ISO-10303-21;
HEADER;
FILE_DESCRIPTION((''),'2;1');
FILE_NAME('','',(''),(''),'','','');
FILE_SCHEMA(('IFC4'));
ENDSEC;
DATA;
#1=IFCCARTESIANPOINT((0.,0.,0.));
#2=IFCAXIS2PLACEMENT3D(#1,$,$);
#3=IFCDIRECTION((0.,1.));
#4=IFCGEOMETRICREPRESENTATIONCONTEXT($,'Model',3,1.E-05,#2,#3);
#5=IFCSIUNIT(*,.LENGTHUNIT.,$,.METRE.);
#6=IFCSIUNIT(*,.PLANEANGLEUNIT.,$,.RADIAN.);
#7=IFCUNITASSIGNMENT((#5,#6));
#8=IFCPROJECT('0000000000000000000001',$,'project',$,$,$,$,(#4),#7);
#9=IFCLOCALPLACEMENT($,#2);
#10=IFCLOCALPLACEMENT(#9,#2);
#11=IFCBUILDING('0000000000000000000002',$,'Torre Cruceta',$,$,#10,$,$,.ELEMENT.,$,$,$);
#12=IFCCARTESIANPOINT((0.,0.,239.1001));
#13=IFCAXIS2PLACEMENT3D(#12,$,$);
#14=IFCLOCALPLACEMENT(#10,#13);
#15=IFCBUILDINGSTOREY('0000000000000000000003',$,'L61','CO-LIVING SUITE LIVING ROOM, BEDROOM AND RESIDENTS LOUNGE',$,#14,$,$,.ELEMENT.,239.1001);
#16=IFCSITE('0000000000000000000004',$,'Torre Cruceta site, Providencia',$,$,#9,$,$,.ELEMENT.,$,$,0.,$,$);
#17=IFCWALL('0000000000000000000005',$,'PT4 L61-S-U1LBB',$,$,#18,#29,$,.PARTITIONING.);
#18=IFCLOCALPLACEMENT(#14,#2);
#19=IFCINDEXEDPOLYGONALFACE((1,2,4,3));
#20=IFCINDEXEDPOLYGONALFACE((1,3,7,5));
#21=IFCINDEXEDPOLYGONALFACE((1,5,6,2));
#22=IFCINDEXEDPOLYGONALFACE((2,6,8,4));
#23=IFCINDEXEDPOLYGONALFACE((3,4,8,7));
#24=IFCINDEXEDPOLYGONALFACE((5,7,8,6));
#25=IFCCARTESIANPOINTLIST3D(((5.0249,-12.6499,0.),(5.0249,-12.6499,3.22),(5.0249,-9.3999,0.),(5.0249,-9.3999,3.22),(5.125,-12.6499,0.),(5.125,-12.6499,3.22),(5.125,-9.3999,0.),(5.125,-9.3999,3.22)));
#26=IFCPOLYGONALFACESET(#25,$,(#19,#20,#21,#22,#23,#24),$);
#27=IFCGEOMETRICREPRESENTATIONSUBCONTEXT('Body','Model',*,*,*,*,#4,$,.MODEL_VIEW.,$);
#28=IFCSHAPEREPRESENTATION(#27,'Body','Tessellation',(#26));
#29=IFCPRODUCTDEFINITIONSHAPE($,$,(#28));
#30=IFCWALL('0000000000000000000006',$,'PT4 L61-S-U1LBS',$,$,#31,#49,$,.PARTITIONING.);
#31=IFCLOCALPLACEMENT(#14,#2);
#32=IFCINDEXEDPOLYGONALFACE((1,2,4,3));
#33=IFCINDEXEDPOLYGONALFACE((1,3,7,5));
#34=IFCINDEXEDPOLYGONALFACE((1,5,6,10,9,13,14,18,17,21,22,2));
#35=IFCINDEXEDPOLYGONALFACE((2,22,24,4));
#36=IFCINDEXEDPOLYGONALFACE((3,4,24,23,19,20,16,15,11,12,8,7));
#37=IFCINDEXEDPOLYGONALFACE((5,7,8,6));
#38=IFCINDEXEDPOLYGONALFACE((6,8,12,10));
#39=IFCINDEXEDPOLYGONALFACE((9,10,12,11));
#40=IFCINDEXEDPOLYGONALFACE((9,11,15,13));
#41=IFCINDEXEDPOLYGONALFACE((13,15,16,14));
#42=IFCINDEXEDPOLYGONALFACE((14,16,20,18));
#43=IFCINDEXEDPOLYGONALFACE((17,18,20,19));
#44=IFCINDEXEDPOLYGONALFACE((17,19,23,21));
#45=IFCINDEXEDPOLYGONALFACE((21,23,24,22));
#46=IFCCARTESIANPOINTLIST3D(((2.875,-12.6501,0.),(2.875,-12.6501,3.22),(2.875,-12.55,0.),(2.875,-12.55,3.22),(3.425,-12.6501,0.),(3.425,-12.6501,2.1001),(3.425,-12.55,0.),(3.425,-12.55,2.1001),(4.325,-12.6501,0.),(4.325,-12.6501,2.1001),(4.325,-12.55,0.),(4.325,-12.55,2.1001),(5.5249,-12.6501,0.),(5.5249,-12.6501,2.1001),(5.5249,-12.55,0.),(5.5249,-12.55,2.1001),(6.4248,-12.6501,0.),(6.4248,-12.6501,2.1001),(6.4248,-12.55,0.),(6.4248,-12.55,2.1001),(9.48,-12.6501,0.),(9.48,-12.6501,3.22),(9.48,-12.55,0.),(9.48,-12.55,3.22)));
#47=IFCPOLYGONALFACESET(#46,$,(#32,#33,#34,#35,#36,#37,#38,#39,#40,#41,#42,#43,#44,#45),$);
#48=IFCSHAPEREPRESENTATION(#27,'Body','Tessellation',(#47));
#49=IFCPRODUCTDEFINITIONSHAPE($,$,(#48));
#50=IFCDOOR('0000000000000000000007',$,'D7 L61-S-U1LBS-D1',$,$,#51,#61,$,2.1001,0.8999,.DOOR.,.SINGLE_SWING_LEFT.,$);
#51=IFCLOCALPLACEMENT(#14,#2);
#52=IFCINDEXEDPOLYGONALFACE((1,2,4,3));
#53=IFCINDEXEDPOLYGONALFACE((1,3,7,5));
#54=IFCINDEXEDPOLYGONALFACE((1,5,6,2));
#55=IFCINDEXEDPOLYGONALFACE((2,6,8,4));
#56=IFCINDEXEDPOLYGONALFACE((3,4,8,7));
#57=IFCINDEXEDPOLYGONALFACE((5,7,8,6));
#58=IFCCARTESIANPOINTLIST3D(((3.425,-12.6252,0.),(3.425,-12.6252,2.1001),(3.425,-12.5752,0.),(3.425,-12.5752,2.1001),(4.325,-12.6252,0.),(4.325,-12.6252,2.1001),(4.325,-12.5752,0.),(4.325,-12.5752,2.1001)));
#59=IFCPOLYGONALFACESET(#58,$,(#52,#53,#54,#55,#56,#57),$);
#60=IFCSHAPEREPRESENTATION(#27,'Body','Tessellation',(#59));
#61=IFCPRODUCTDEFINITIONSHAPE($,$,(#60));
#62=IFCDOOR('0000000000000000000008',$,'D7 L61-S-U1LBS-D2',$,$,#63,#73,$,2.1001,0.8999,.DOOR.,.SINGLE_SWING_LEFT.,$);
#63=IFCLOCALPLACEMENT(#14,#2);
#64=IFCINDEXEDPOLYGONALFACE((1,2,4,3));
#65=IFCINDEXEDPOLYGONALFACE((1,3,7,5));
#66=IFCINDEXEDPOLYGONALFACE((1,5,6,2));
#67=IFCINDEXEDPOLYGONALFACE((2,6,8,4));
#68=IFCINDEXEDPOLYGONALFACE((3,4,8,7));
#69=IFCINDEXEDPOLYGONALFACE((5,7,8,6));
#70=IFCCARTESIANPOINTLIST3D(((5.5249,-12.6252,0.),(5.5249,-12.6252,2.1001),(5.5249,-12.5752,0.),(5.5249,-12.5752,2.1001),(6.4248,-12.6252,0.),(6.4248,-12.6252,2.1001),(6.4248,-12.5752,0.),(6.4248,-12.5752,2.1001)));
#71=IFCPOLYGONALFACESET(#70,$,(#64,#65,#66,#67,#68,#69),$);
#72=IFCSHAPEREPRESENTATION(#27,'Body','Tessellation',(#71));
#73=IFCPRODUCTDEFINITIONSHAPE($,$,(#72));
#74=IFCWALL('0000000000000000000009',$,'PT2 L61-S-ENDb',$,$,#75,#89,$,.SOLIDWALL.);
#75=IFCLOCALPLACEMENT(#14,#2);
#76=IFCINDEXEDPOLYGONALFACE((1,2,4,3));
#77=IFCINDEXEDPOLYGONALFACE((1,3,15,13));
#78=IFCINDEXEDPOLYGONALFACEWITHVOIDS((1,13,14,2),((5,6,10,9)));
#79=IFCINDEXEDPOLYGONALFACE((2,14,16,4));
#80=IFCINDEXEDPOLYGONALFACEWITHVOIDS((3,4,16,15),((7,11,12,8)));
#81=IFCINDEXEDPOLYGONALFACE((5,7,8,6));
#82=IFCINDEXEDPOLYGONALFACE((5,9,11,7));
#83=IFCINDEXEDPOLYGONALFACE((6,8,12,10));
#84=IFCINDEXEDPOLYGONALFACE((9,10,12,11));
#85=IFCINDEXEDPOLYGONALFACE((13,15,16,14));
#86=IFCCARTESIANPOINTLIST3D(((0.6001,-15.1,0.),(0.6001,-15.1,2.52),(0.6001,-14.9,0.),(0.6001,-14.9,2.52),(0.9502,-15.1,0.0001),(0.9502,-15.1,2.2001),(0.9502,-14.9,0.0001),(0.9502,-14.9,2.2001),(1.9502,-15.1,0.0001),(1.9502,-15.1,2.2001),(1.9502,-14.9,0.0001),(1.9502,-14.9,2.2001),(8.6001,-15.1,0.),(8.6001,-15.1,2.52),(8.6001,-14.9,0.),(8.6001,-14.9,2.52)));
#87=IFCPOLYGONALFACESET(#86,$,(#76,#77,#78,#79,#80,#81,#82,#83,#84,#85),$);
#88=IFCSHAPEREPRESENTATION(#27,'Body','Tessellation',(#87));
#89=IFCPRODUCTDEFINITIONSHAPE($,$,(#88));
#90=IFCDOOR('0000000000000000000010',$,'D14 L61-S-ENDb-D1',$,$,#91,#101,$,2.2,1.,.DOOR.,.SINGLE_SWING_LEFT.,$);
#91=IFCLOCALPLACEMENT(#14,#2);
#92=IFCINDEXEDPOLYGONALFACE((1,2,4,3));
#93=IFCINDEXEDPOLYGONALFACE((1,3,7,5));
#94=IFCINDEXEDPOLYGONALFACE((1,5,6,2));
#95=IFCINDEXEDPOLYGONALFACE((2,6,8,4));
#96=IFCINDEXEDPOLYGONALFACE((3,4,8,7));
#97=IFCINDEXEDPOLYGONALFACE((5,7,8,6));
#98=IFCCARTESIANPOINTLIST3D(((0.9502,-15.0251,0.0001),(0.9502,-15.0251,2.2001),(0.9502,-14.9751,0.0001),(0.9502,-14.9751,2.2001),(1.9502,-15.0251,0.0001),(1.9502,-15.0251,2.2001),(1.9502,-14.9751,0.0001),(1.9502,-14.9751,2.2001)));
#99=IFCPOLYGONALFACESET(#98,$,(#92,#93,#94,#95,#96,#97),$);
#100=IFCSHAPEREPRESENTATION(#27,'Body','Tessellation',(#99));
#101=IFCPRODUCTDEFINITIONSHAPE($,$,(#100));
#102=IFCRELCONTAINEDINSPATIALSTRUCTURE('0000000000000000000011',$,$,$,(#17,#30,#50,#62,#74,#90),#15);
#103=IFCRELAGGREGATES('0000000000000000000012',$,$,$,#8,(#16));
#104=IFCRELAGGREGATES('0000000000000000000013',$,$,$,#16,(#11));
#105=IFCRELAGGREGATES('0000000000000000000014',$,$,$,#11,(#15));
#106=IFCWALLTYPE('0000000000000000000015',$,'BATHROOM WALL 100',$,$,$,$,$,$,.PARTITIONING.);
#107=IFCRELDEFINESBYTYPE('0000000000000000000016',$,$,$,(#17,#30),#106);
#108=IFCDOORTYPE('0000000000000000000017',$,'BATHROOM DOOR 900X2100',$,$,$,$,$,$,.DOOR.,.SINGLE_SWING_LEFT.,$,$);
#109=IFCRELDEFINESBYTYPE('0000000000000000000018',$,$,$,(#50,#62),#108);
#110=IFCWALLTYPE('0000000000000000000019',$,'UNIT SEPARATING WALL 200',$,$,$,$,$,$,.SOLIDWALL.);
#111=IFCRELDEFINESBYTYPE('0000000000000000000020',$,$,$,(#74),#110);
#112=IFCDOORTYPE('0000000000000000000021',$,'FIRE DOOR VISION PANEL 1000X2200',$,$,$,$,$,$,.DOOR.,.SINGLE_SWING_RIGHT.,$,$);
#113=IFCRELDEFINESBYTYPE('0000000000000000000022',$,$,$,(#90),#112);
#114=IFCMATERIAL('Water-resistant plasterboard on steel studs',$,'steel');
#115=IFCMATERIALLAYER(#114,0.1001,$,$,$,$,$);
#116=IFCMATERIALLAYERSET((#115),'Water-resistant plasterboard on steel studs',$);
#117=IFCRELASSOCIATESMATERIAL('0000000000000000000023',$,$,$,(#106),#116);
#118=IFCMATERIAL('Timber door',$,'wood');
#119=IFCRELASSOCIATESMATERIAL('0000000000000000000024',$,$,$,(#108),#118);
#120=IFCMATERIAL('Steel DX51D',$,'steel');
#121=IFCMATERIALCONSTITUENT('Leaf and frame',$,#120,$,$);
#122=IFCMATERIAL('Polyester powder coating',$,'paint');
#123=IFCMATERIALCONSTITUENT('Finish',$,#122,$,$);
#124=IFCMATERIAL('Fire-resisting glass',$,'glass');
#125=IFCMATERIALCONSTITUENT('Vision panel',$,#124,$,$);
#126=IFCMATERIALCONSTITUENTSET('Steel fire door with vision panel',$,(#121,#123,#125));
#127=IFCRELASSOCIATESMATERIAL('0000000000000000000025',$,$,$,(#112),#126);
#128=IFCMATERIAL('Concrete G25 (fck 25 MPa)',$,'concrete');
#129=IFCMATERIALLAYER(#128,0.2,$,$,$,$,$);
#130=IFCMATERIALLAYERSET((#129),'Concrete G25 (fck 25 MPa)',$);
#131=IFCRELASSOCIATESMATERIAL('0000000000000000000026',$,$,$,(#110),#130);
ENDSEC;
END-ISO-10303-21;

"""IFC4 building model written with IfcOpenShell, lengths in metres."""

from ifc_helpers import new_model, si_unit, direction, frame, frame_2d, origin, place, context, subcontext, project, spatial, rectangle, extrude, material, layer, layer_set, constituent, constituent_set, type_object, element, fill, save


model = new_model("IFC4")

# Units and contexts
model_context = context("Model", 3, precision=1e-05, world=origin(), true_north=direction((0.0, 1.0)))
body_context = subcontext(model_context, "Body", "Model", "MODEL_VIEW")
ifc_project = project(units=[si_unit("LENGTHUNIT", "METRE"), si_unit("PLANEANGLEUNIT", "RADIAN")], contexts=[model_context])

# Site, building, storey
site_placement = place(None, origin())
site = spatial("IfcSite", under=ifc_project, at=site_placement, Name="Torre Cruceta site, Providencia", CompositionType="ELEMENT", RefElevation=0.0)
building_placement = place(site_placement, origin())
building = spatial("IfcBuilding", under=site, at=building_placement, Name="Torre Cruceta", CompositionType="ELEMENT")
storey_placement = place(building_placement, frame((0.0, 0.0, 239.1001)))
storey = spatial("IfcBuildingStorey", under=building, at=storey_placement, Name="L61", Description="CO-LIVING SUITE LIVING ROOM, BEDROOM AND RESIDENTS LOUNGE", CompositionType="ELEMENT", Elevation=239.1001)

# Wall
ifc_material_1 = material(Name="Water-resistant plasterboard on steel studs", Category="steel")
ifc_layer_1 = layer(ifc_material_1, 0.1001)
ifc_layer_set_1 = layer_set([ifc_layer_1], Name="Water-resistant plasterboard on steel studs")
wall_type_1 = type_object("IfcWallType", Name="BATHROOM WALL 100", PredefinedType="PARTITIONING", material=ifc_layer_set_1)
wall_1_placement = place(storey_placement, frame((5.075, -9.3999, 0.0), z_axis=(0.0, 0.0, 1.0), x_axis=(0.0, -1.0, 0.0)))
element("IfcWall", 1, at=wall_1_placement, inside=storey, type_object=wall_type_1, Name="PT4 L61-S-U1LBB", PredefinedType="PARTITIONING", context=body_context, shape_type="SweptSolid", body=[
    extrude(rectangle(XDim=3.25, YDim=0.1001, at=frame_2d((1.625, 0.0))), origin(), (0.0, 0.0, 1.0), 3.22),
])

# Wall, openings, doors
wall_2_placement = place(storey_placement, frame((2.875, -12.6001, 0.0), z_axis=(0.0, 0.0, 1.0), x_axis=(1.0, 0.0, 0.0)))
wall_2 = element("IfcWall", 2, at=wall_2_placement, inside=storey, type_object=wall_type_1, Name="PT4 L61-S-U1LBS", PredefinedType="PARTITIONING", context=body_context, shape_type="SweptSolid", body=[
    extrude(rectangle(XDim=6.605, YDim=0.1001, at=frame_2d((3.3025, 0.0))), origin(), (0.0, 0.0, 1.0), 3.22),
])
opening_1_placement = place(wall_2_placement, frame((0.55, 0.0, 0.0)))
opening_1 = element("IfcOpeningElement", 3, at=opening_1_placement, cuts=wall_2, PredefinedType="OPENING", context=body_context, shape_type="SweptSolid", body=[
    extrude(rectangle(XDim=0.8999, YDim=2.1001, at=frame_2d((0.45, 1.05))), frame((0.0, 0.0601, 0.0), z_axis=(0.0, -1.0, 0.0), x_axis=(1.0, 0.0, 0.0)), (0.0, 0.0, 1.0), 0.1201),
])
opening_2_placement = place(wall_2_placement, frame((2.6499, 0.0, 0.0)))
opening_2 = element("IfcOpeningElement", 4, at=opening_2_placement, cuts=wall_2, PredefinedType="OPENING", context=body_context, shape_type="SweptSolid", body=[
    extrude(rectangle(XDim=0.8999, YDim=2.1001, at=frame_2d((0.45, 1.05))), frame((0.0, 0.0601, 0.0), z_axis=(0.0, -1.0, 0.0), x_axis=(1.0, 0.0, 0.0)), (0.0, 0.0, 1.0), 0.1201),
])
ifc_material_2 = material(Name="Timber door", Category="wood")
door_type_1 = type_object("IfcDoorType", Name="BATHROOM DOOR 900X2100", OperationType="SINGLE_SWING_LEFT", PredefinedType="DOOR", material=ifc_material_2)
door_1_placement = place(opening_1_placement, origin())
door_1 = element("IfcDoor", 5, at=door_1_placement, inside=storey, type_object=door_type_1, Name="D7 L61-S-U1LBS-D1", OperationType="SINGLE_SWING_LEFT", OverallHeight=2.1001, OverallWidth=0.8999, PredefinedType="DOOR", context=body_context, shape_type="SweptSolid", body=[
    extrude(rectangle(XDim=0.8999, YDim=2.1001, at=frame_2d((0.45, 1.05))), frame((0.0, 0.0249, 0.0), z_axis=(0.0, -1.0, 0.0), x_axis=(1.0, 0.0, 0.0)), (0.0, 0.0, 1.0), 0.05),
])
fill(opening_1, door_1)
door_2_placement = place(opening_2_placement, origin())
door_2 = element("IfcDoor", 6, at=door_2_placement, inside=storey, type_object=door_type_1, Name="D7 L61-S-U1LBS-D2", OperationType="SINGLE_SWING_LEFT", OverallHeight=2.1001, OverallWidth=0.8999, PredefinedType="DOOR", context=body_context, shape_type="SweptSolid", body=[
    extrude(rectangle(XDim=0.8999, YDim=2.1001, at=frame_2d((0.45, 1.05))), frame((0.0, 0.0249, 0.0), z_axis=(0.0, -1.0, 0.0), x_axis=(1.0, 0.0, 0.0)), (0.0, 0.0, 1.0), 0.05),
])
fill(opening_2, door_2)

# Shared definitions
ifc_material_3 = material(Name="Steel DX51D", Category="steel")
ifc_constituent_1 = constituent(ifc_material_3, Name="Leaf and frame")
ifc_material_4 = material(Name="Polyester powder coating", Category="paint")
ifc_constituent_2 = constituent(ifc_material_4, Name="Finish")
ifc_material_5 = material(Name="Fire-resisting glass", Category="glass")
ifc_constituent_3 = constituent(ifc_material_5, Name="Vision panel")
ifc_constituent_set = constituent_set(constituents=[ifc_constituent_1, ifc_constituent_2, ifc_constituent_3], Name="Steel fire door with vision panel")
door_type_2 = type_object("IfcDoorType", Name="FIRE DOOR VISION PANEL 1000X2200", OperationType="SINGLE_SWING_RIGHT", PredefinedType="DOOR", material=ifc_constituent_set)

# Wall, opening, door
ifc_material_6 = material(Name="Concrete G25 (fck 25 MPa)", Category="concrete")
ifc_layer_2 = layer(ifc_material_6, 0.2)
ifc_layer_set_2 = layer_set([ifc_layer_2], Name="Concrete G25 (fck 25 MPa)")
wall_type_2 = type_object("IfcWallType", Name="UNIT SEPARATING WALL 200", PredefinedType="SOLIDWALL", material=ifc_layer_set_2)
wall_3_placement = place(storey_placement, frame((0.6001, -15.0, 0.0), z_axis=(0.0, 0.0, 1.0), x_axis=(1.0, 0.0, 0.0)))
wall_3 = element("IfcWall", 7, at=wall_3_placement, inside=storey, type_object=wall_type_2, Name="PT2 L61-S-ENDb", PredefinedType="SOLIDWALL", context=body_context, shape_type="SweptSolid", body=[
    extrude(rectangle(XDim=8.0, YDim=0.2, at=frame_2d((4.0, 0.0))), origin(), (0.0, 0.0, 1.0), 2.52),
])
opening_3_placement = place(wall_3_placement, frame((0.3501, 0.0, 0.0)))
opening_3 = element("IfcOpeningElement", 8, at=opening_3_placement, cuts=wall_3, PredefinedType="OPENING", context=body_context, shape_type="SweptSolid", body=[
    extrude(rectangle(XDim=1.0, YDim=2.2, at=frame_2d((0.5, 1.1001))), frame((0.0, 0.1099, 0.0), z_axis=(0.0, -1.0, 0.0), x_axis=(1.0, 0.0, 0.0)), (0.0, 0.0, 1.0), 0.22),
])
door_3_placement = place(opening_3_placement, frame((1.0, 0.0, 0.0), z_axis=(0.0, 0.0, 1.0), x_axis=(-1.0, 0.0, 0.0)))
door_3 = element("IfcDoor", 9, at=door_3_placement, inside=storey, type_object=door_type_2, Name="D14 L61-S-ENDb-D1", OperationType="SINGLE_SWING_LEFT", OverallHeight=2.2, OverallWidth=1.0, PredefinedType="DOOR", context=body_context, shape_type="SweptSolid", body=[
    extrude(rectangle(XDim=1.0, YDim=2.2, at=frame_2d((0.5, 1.1001))), frame((0.0, 0.0251, 0.0), z_axis=(0.0, -1.0, 0.0), x_axis=(1.0, 0.0, 0.0)), (0.0, 0.0, 1.0), 0.05),
])
fill(opening_3, door_3)

save(model, "model.ifc")
